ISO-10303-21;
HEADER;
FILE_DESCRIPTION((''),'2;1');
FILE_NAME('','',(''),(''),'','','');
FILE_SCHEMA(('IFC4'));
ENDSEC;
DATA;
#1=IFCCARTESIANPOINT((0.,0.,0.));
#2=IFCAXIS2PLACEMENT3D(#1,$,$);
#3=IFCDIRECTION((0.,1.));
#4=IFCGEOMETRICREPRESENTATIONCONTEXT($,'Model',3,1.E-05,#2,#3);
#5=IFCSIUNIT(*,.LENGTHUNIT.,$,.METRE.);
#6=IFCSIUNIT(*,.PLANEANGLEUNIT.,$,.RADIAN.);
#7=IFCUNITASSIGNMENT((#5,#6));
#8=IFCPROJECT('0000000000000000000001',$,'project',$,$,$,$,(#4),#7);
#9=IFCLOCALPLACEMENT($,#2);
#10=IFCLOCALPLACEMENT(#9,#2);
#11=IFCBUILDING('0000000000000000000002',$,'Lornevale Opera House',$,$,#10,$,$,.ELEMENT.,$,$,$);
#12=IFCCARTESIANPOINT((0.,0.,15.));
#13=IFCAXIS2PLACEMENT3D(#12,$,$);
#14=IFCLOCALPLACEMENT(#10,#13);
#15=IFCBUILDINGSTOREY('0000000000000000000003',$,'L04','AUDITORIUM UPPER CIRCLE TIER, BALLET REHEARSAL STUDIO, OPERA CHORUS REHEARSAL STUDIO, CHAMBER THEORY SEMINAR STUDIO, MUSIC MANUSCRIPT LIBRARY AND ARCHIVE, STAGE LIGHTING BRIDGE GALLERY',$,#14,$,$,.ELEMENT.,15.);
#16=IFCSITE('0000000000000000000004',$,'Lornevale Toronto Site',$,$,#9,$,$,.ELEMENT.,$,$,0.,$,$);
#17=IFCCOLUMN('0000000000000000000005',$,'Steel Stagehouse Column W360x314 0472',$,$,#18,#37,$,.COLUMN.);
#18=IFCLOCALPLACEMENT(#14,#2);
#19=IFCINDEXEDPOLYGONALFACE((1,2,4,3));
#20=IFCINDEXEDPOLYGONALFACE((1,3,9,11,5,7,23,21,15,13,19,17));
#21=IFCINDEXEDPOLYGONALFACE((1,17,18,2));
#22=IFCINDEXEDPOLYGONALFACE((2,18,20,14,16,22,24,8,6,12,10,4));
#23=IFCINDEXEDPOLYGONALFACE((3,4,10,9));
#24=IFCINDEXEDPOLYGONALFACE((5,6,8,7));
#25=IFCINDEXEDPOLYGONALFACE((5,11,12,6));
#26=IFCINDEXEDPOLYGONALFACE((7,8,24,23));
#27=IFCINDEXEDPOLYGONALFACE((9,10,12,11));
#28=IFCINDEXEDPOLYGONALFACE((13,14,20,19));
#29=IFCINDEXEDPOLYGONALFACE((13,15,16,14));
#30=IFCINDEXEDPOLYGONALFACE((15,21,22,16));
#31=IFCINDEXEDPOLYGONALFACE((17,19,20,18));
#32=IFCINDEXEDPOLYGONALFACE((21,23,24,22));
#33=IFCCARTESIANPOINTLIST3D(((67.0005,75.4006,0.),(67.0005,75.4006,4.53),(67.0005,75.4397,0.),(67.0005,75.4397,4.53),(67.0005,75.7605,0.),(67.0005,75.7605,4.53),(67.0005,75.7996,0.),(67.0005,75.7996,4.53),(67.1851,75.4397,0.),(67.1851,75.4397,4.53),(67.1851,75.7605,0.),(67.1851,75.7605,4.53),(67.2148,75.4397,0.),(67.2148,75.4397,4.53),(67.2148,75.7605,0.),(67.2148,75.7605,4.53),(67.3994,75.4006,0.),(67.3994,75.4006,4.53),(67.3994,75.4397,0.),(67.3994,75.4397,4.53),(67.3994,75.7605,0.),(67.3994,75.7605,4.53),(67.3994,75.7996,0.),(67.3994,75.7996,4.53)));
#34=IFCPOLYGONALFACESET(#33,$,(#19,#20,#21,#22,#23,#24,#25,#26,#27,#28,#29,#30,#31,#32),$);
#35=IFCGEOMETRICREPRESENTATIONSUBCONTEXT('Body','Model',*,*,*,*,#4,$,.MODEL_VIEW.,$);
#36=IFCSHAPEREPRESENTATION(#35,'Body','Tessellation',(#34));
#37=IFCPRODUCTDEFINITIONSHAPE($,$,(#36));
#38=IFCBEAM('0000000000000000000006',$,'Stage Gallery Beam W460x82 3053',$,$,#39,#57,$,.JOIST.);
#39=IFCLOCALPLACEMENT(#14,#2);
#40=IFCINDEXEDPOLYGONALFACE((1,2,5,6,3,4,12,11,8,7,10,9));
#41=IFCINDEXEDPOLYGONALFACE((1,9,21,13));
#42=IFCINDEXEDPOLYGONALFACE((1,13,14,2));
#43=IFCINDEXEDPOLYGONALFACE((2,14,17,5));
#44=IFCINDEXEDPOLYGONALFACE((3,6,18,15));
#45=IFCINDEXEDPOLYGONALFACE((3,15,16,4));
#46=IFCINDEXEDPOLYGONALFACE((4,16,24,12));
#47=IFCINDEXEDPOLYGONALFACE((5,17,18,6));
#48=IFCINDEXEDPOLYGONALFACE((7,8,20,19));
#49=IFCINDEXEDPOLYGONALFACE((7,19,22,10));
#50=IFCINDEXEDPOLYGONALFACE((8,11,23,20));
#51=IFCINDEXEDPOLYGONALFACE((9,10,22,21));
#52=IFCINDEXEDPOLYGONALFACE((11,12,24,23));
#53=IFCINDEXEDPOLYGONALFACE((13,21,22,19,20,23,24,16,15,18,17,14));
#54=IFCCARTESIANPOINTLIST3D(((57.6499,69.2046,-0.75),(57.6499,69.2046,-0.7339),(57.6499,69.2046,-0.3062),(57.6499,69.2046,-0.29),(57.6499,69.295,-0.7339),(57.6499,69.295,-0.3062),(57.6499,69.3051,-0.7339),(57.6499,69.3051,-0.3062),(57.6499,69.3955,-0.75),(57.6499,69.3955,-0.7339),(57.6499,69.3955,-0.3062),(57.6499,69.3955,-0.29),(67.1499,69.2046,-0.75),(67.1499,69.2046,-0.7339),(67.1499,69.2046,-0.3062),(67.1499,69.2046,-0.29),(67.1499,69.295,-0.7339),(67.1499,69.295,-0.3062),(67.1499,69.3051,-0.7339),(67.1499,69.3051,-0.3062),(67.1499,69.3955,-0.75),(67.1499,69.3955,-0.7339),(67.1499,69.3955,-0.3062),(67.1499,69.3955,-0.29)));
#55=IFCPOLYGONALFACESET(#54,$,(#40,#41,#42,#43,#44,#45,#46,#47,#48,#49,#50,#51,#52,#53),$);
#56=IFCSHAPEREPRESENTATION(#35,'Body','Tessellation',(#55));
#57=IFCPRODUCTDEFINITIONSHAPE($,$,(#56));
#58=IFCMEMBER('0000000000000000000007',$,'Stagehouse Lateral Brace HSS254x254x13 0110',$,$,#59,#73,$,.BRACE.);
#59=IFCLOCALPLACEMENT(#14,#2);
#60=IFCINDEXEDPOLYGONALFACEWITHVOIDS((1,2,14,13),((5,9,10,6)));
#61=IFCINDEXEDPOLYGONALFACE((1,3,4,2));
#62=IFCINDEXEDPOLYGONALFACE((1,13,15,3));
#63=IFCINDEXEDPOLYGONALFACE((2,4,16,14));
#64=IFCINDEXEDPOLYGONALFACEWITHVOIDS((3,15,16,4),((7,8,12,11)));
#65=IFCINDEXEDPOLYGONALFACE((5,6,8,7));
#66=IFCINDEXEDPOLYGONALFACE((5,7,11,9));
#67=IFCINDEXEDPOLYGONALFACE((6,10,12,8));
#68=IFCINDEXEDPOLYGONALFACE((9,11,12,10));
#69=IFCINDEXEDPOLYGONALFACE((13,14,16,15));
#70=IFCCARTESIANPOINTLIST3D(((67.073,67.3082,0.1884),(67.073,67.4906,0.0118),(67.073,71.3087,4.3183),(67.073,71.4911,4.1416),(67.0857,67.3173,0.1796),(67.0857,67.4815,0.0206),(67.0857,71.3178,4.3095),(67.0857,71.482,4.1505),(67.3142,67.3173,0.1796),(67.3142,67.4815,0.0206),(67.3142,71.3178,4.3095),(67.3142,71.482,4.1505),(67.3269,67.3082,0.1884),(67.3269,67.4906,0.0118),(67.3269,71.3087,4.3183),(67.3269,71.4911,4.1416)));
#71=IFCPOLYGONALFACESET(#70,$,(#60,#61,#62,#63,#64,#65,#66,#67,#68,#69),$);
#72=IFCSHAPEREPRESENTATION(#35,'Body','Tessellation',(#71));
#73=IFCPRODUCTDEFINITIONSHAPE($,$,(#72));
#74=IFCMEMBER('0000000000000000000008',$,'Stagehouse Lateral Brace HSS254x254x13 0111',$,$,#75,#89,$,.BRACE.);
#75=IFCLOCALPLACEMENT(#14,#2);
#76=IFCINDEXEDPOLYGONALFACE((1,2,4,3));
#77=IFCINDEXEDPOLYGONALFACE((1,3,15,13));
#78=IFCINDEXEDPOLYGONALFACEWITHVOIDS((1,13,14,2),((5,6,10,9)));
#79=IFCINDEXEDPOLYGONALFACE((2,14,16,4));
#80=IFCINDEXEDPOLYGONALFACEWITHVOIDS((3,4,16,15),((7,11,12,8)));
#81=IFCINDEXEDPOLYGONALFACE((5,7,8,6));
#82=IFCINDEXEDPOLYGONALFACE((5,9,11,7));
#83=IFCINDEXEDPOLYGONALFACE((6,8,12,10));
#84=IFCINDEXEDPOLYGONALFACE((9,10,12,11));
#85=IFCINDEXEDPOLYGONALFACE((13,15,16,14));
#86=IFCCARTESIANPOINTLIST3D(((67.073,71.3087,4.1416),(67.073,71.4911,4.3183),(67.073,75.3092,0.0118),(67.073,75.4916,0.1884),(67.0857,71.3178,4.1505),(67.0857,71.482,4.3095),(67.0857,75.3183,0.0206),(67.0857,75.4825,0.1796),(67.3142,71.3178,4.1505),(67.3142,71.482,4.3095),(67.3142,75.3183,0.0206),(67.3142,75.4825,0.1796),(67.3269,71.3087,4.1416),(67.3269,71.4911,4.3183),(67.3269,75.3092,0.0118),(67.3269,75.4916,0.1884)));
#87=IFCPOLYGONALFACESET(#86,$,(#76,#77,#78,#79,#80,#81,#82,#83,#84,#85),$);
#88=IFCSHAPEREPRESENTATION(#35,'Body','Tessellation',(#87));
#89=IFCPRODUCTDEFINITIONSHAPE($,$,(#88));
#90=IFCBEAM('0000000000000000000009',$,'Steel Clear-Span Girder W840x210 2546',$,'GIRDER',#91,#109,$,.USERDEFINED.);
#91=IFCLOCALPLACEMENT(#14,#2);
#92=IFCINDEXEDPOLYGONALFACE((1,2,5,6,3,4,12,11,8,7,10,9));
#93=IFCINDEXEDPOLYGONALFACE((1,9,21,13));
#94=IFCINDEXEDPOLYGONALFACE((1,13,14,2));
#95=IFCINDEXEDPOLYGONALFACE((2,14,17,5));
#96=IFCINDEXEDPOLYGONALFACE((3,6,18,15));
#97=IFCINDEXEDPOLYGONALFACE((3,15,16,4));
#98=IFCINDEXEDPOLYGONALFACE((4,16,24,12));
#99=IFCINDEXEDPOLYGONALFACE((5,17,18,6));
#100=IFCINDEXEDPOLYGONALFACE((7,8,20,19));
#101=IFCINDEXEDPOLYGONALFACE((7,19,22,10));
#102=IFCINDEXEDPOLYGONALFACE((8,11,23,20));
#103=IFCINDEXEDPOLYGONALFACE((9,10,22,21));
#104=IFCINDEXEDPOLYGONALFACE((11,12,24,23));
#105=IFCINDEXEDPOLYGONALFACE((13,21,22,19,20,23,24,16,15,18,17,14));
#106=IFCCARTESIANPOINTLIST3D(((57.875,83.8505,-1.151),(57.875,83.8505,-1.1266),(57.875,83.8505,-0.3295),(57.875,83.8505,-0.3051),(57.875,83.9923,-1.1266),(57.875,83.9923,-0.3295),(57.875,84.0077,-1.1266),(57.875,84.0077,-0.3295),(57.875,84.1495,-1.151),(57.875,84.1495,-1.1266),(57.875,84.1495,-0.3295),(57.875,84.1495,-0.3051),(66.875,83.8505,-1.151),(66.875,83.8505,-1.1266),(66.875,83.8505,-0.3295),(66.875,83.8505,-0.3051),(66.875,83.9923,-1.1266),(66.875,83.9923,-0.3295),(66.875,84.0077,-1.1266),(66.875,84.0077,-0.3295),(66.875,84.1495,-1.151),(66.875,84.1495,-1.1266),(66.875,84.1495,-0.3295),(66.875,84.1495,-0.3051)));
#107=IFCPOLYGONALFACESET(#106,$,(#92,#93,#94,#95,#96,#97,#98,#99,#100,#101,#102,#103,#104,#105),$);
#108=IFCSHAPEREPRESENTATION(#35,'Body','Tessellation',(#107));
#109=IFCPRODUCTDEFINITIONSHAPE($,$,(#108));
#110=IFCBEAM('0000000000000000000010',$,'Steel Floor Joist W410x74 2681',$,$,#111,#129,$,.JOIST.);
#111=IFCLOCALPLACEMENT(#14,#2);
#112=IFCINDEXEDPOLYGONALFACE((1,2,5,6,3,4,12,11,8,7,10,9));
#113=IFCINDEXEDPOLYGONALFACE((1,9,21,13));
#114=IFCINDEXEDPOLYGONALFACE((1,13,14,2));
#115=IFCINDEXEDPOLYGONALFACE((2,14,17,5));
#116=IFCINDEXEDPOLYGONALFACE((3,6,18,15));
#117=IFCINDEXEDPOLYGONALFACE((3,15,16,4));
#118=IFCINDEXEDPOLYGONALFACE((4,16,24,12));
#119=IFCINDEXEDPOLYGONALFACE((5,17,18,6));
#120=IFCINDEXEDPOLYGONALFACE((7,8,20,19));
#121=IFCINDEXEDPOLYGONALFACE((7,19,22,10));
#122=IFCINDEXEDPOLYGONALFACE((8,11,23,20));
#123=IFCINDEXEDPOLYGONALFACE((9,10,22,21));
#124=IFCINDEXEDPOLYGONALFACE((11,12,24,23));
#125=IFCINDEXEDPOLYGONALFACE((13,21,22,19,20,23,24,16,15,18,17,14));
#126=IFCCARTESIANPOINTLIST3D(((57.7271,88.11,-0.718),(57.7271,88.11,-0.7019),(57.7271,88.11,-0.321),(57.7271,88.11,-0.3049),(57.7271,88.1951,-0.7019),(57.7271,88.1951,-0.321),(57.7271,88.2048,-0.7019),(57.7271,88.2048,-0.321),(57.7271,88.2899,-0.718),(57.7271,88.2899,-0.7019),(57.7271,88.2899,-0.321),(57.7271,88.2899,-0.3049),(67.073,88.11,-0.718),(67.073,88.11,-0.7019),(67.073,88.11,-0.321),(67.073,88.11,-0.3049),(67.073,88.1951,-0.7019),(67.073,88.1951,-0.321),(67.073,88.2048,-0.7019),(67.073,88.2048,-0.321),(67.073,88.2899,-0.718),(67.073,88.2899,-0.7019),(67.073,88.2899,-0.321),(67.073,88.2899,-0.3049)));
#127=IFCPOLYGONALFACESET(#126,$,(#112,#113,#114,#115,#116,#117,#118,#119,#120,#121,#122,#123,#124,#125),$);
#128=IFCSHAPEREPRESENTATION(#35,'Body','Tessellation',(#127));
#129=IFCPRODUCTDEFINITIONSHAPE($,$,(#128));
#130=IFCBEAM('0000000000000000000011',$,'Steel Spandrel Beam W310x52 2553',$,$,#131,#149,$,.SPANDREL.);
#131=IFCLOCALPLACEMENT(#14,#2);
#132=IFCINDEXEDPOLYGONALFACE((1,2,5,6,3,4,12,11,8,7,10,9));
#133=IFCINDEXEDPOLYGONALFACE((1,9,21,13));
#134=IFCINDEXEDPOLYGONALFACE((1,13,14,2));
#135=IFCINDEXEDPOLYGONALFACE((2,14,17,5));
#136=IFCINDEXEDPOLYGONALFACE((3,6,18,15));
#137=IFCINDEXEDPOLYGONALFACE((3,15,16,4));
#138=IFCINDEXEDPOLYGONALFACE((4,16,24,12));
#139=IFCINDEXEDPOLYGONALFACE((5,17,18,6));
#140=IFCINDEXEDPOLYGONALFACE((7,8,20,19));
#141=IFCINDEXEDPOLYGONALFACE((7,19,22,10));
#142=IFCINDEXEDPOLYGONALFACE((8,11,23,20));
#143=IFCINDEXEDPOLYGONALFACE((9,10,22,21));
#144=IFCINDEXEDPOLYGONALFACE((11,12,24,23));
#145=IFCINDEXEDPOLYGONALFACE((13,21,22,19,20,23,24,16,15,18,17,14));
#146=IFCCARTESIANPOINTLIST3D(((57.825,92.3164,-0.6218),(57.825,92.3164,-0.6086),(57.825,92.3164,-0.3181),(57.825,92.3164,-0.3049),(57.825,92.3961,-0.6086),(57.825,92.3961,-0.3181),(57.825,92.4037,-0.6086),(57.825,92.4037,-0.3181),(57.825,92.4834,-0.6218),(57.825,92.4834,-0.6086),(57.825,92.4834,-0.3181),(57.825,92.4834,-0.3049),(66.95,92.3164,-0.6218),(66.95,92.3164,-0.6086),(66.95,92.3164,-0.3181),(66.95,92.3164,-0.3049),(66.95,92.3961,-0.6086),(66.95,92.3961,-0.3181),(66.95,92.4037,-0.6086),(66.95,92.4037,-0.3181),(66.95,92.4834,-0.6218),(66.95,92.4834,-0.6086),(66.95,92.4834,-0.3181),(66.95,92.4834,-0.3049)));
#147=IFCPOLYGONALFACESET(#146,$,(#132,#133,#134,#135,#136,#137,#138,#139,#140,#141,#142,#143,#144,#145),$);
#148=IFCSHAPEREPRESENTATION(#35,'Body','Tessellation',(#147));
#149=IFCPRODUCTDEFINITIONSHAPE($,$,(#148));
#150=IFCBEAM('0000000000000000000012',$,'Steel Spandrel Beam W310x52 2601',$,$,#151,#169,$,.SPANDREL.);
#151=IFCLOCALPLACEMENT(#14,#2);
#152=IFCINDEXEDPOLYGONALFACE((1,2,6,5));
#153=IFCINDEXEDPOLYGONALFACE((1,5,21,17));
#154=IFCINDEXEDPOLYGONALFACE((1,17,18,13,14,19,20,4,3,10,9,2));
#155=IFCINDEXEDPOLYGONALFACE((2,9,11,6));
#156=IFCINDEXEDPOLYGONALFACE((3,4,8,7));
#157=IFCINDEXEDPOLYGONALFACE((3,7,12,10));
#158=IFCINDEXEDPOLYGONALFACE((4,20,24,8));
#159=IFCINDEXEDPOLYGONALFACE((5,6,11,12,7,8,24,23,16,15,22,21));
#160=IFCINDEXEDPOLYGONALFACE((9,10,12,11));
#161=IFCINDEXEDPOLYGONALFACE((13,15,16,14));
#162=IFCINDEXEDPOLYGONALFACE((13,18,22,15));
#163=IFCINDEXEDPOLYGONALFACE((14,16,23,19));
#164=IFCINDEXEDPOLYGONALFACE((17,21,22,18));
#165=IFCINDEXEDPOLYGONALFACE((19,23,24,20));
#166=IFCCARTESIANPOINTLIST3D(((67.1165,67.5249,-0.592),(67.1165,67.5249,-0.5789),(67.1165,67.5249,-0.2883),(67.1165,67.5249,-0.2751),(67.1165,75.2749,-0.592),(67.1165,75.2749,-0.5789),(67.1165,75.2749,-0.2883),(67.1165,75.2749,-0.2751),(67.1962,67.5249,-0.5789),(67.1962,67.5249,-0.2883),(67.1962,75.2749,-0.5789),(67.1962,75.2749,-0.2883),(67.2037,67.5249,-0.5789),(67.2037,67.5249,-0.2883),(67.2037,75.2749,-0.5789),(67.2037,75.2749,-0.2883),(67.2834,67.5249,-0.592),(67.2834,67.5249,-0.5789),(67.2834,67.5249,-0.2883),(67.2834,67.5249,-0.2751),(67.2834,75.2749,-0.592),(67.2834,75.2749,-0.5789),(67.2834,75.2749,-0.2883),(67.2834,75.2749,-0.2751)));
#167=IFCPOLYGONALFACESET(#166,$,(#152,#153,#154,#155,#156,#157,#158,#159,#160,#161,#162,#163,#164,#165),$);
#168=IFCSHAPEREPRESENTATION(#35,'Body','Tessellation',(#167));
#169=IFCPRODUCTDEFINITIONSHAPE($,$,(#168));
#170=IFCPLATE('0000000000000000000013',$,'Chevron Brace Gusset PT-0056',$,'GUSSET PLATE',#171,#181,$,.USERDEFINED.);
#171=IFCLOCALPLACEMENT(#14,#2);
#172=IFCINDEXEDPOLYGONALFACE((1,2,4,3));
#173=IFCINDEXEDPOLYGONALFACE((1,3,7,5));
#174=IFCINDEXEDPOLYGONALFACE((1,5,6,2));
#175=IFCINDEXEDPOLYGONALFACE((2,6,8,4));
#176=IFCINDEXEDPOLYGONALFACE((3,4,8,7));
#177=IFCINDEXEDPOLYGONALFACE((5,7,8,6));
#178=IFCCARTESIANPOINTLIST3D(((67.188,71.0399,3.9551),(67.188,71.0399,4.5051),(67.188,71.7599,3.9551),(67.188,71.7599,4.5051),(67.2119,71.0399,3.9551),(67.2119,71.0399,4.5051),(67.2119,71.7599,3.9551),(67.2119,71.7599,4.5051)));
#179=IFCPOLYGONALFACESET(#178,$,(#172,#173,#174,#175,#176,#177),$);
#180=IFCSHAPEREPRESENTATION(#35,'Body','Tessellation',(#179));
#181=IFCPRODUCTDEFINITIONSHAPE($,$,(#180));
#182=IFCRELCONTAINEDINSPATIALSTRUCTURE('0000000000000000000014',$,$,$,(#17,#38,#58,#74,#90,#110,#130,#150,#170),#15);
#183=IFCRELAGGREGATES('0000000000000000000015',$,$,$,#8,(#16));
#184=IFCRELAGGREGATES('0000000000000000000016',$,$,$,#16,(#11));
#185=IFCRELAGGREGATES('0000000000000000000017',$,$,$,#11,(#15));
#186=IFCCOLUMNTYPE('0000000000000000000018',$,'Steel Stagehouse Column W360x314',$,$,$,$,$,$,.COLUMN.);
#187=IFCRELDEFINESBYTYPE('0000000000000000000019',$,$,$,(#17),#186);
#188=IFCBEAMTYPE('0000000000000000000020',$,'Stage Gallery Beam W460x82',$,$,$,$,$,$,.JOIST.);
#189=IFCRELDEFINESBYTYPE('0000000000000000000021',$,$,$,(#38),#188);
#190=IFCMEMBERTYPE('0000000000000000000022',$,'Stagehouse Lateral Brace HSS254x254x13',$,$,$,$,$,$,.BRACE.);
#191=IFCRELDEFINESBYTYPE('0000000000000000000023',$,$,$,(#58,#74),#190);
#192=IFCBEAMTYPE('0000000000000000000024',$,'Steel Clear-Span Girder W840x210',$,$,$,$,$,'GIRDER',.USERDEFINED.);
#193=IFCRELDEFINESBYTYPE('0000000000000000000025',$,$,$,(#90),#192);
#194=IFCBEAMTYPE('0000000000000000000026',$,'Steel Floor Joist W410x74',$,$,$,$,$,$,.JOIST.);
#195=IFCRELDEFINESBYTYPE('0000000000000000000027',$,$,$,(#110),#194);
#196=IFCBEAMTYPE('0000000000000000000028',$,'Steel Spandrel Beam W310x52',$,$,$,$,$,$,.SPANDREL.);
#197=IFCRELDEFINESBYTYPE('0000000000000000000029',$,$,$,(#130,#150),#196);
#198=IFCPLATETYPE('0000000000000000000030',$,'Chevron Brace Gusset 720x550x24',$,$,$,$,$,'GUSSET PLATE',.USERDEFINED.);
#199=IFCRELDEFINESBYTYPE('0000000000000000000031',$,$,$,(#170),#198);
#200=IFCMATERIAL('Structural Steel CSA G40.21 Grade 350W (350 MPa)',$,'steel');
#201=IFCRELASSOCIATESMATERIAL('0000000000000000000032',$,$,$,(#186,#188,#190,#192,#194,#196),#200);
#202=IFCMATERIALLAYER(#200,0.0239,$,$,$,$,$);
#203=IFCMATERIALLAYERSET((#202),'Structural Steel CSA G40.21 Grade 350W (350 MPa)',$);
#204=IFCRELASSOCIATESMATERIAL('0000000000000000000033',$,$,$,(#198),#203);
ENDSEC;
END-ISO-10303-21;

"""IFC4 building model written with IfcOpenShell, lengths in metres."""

from ifc_helpers import new_model, si_unit, direction, frame, origin, origin_2d, place, context, subcontext, project, spatial, rectangle, hollow_rectangle, i_section, extrude, material, layer, layer_set, material_profile, profile_set, type_object, element, save


model = new_model("IFC4")

# Units and contexts
model_context = context("Model", 3, precision=1e-05, world=origin(), true_north=direction((0.0, 1.0)))
body_context = subcontext(model_context, "Body", "Model", "MODEL_VIEW")
ifc_project = project(units=[si_unit("LENGTHUNIT", "METRE"), si_unit("PLANEANGLEUNIT", "RADIAN")], contexts=[model_context])

# Site, building, storey
site_placement = place(None, origin())
site = spatial("IfcSite", under=ifc_project, at=site_placement, Name="Lornevale Toronto Site", CompositionType="ELEMENT", RefElevation=0.0)
building_placement = place(site_placement, origin())
building = spatial("IfcBuilding", under=site, at=building_placement, Name="Lornevale Opera House", CompositionType="ELEMENT")
storey_placement = place(building_placement, frame((0.0, 0.0, 15.0)))
storey = spatial("IfcBuildingStorey", under=building, at=storey_placement, Name="L04", Description="AUDITORIUM UPPER CIRCLE TIER, BALLET REHEARSAL STUDIO, OPERA CHORUS REHEARSAL STUDIO, CHAMBER THEORY SEMINAR STUDIO, MUSIC MANUSCRIPT LIBRARY AND ARCHIVE, STAGE LIGHTING BRIDGE GALLERY", CompositionType="ELEMENT", Elevation=15.0)

# Column
ifc_material_1 = material(Name="Structural Steel CSA G40.21 Grade 350W (350 MPa)", Category="steel")
ifc_material_profile_1 = material_profile(ifc_material_1, i_section(OverallWidth=0.3989, OverallDepth=0.3989, WebThickness=0.0298, FlangeThickness=0.0391, at=origin_2d()), Name="W360x314")
ifc_profile_set_1 = profile_set([ifc_material_profile_1], Name="Structural Steel CSA G40.21 Grade 350W (350 MPa)")
column_type = type_object("IfcColumnType", Name="Steel Stagehouse Column W360x314", PredefinedType="COLUMN", material=ifc_profile_set_1)
column_placement = place(storey_placement, frame((67.2, 75.6001, 0.0), z_axis=(0.0, 0.0, 1.0), x_axis=(1.0, 0.0, 0.0)))
element("IfcColumn", 1, at=column_placement, inside=storey, type_object=column_type, Name="Steel Stagehouse Column W360x314 0472", PredefinedType="COLUMN", context=body_context, shape_type="SweptSolid", body=[
    extrude(i_section(OverallWidth=0.3989, OverallDepth=0.3989, WebThickness=0.0298, FlangeThickness=0.0391, at=origin_2d()), origin(), (0.0, 0.0, 1.0), 4.53),
])

# Beam
ifc_material_profile_2 = material_profile(ifc_material_1, i_section(OverallWidth=0.1909, OverallDepth=0.46, WebThickness=0.01, FlangeThickness=0.0161, at=origin_2d()), Name="W460x82")
ifc_profile_set_2 = profile_set([ifc_material_profile_2], Name="Structural Steel CSA G40.21 Grade 350W (350 MPa)")
beam_type_1 = type_object("IfcBeamType", Name="Stage Gallery Beam W460x82", PredefinedType="JOIST", material=ifc_profile_set_2)
beam_1_placement = place(storey_placement, frame((57.6499, 69.3, -0.52), z_axis=(1.0, 0.0, 0.0), x_axis=(0.0, 1.0, 0.0)))
element("IfcBeam", 2, at=beam_1_placement, inside=storey, type_object=beam_type_1, Name="Stage Gallery Beam W460x82 3053", PredefinedType="JOIST", context=body_context, shape_type="SweptSolid", body=[
    extrude(i_section(OverallWidth=0.1909, OverallDepth=0.46, WebThickness=0.01, FlangeThickness=0.0161, at=origin_2d()), origin(), (0.0, 0.0, 1.0), 9.5),
])

# Members
ifc_material_profile_3 = material_profile(ifc_material_1, hollow_rectangle(XDim=0.2539, YDim=0.2539, WallThickness=0.0127, at=origin_2d()), Name="HSS254x254x13")
ifc_profile_set_3 = profile_set([ifc_material_profile_3], Name="Structural Steel CSA G40.21 Grade 350W (350 MPa)")
member_type = type_object("IfcMemberType", Name="Stagehouse Lateral Brace HSS254x254x13", PredefinedType="BRACE", material=ifc_profile_set_3)
for number, where, z_axis, x_axis, name in (
    (3, (67.2, 67.3994, 0.1001), (0.0, 0.695765, 0.718269), (-1.0, 0.0, 0.0), "Stagehouse Lateral Brace HSS254x254x13 0110"),
    (4, (67.2, 75.4004, 0.1001), (0.0, -0.695765, 0.718269), (1.0, 0.0, 0.0), "Stagehouse Lateral Brace HSS254x254x13 0111"),
):
    element("IfcMember", number, at=place(storey_placement, frame(where, z_axis=z_axis, x_axis=x_axis)), inside=storey, type_object=member_type, Name=name, PredefinedType="BRACE", context=body_context, shape_type="SweptSolid", body=[
        extrude(hollow_rectangle(XDim=0.2539, YDim=0.2539, WallThickness=0.0127, at=origin_2d()), origin(), (0.0, 0.0, 1.0), 5.7498),
    ])

# Beams
ifc_material_profile_4 = material_profile(ifc_material_1, i_section(OverallWidth=0.2991, OverallDepth=0.8459, WebThickness=0.0154, FlangeThickness=0.0244, at=origin_2d()), Name="W840x210")
ifc_profile_set_4 = profile_set([ifc_material_profile_4], Name="Structural Steel CSA G40.21 Grade 350W (350 MPa)")
beam_type_2 = type_object("IfcBeamType", Name="Steel Clear-Span Girder W840x210", ElementType="GIRDER", PredefinedType="USERDEFINED", material=ifc_profile_set_4)
beam_2_placement = place(storey_placement, frame((57.875, 84.0, -0.728), z_axis=(1.0, 0.0, 0.0), x_axis=(0.0, 1.0, 0.0)))
element("IfcBeam", 5, at=beam_2_placement, inside=storey, type_object=beam_type_2, Name="Steel Clear-Span Girder W840x210 2546", ObjectType="GIRDER", PredefinedType="USERDEFINED", context=body_context, shape_type="SweptSolid", body=[
    extrude(i_section(OverallWidth=0.2991, OverallDepth=0.8459, WebThickness=0.0154, FlangeThickness=0.0244, at=origin_2d()), origin(), (0.0, 0.0, 1.0), 9.0),
])
ifc_material_profile_5 = material_profile(ifc_material_1, i_section(OverallWidth=0.1799, OverallDepth=0.4131, WebThickness=0.0098, FlangeThickness=0.0161, at=origin_2d()), Name="W410x74")
ifc_profile_set_5 = profile_set([ifc_material_profile_5], Name="Structural Steel CSA G40.21 Grade 350W (350 MPa)")
beam_type_3 = type_object("IfcBeamType", Name="Steel Floor Joist W410x74", PredefinedType="JOIST", material=ifc_profile_set_5)
beam_3_placement = place(storey_placement, frame((57.7271, 88.2, -0.5115), z_axis=(1.0, 0.0, 0.0), x_axis=(0.0, 1.0, 0.0)))
element("IfcBeam", 6, at=beam_3_placement, inside=storey, type_object=beam_type_3, Name="Steel Floor Joist W410x74 2681", PredefinedType="JOIST", context=body_context, shape_type="SweptSolid", body=[
    extrude(i_section(OverallWidth=0.1799, OverallDepth=0.4131, WebThickness=0.0098, FlangeThickness=0.0161, at=origin_2d()), origin(), (0.0, 0.0, 1.0), 9.3459),
])
ifc_material_profile_6 = material_profile(ifc_material_1, i_section(OverallWidth=0.167, OverallDepth=0.3169, WebThickness=0.0076, FlangeThickness=0.0132, at=origin_2d()), Name="W310x52")
ifc_profile_set_6 = profile_set([ifc_material_profile_6], Name="Structural Steel CSA G40.21 Grade 350W (350 MPa)")
beam_type_4 = type_object("IfcBeamType", Name="Steel Spandrel Beam W310x52", PredefinedType="SPANDREL", material=ifc_profile_set_6)
beam_4_placement = place(storey_placement, frame((57.825, 92.3999, -0.4634), z_axis=(1.0, 0.0, 0.0), x_axis=(0.0, 1.0, 0.0)))
element("IfcBeam", 7, at=beam_4_placement, inside=storey, type_object=beam_type_4, Name="Steel Spandrel Beam W310x52 2553", PredefinedType="SPANDREL", context=body_context, shape_type="SweptSolid", body=[
    extrude(i_section(OverallWidth=0.167, OverallDepth=0.3169, WebThickness=0.0076, FlangeThickness=0.0132, at=origin_2d()), origin(), (0.0, 0.0, 1.0), 9.125),
])
beam_5_placement = place(storey_placement, frame((67.2, 67.5249, -0.4336), z_axis=(0.0, 1.0, 0.0), x_axis=(-1.0, 0.0, 0.0)))
element("IfcBeam", 8, at=beam_5_placement, inside=storey, type_object=beam_type_4, Name="Steel Spandrel Beam W310x52 2601", PredefinedType="SPANDREL", context=body_context, shape_type="SweptSolid", body=[
    extrude(i_section(OverallWidth=0.167, OverallDepth=0.3169, WebThickness=0.0076, FlangeThickness=0.0132, at=origin_2d()), origin(), (0.0, 0.0, 1.0), 7.75),
])

# Plate
ifc_layer_1 = layer(ifc_material_1, 0.0239)
ifc_layer_set_1 = layer_set([ifc_layer_1], Name="Structural Steel CSA G40.21 Grade 350W (350 MPa)")
plate_type = type_object("IfcPlateType", Name="Chevron Brace Gusset 720x550x24", ElementType="GUSSET PLATE", PredefinedType="USERDEFINED", material=ifc_layer_set_1)
plate_placement = place(storey_placement, frame((67.2, 71.3999, 3.9551), z_axis=(0.0, 0.0, 1.0), x_axis=(0.0, 1.0, 0.0)))
element("IfcPlate", 9, at=plate_placement, inside=storey, type_object=plate_type, Name="Chevron Brace Gusset PT-0056", ObjectType="GUSSET PLATE", PredefinedType="USERDEFINED", context=body_context, shape_type="SweptSolid", body=[
    extrude(rectangle(XDim=0.72, YDim=0.0239, at=origin_2d()), origin(), (0.0, 0.0, 1.0), 0.55),
])

save(model, "model.ifc")
